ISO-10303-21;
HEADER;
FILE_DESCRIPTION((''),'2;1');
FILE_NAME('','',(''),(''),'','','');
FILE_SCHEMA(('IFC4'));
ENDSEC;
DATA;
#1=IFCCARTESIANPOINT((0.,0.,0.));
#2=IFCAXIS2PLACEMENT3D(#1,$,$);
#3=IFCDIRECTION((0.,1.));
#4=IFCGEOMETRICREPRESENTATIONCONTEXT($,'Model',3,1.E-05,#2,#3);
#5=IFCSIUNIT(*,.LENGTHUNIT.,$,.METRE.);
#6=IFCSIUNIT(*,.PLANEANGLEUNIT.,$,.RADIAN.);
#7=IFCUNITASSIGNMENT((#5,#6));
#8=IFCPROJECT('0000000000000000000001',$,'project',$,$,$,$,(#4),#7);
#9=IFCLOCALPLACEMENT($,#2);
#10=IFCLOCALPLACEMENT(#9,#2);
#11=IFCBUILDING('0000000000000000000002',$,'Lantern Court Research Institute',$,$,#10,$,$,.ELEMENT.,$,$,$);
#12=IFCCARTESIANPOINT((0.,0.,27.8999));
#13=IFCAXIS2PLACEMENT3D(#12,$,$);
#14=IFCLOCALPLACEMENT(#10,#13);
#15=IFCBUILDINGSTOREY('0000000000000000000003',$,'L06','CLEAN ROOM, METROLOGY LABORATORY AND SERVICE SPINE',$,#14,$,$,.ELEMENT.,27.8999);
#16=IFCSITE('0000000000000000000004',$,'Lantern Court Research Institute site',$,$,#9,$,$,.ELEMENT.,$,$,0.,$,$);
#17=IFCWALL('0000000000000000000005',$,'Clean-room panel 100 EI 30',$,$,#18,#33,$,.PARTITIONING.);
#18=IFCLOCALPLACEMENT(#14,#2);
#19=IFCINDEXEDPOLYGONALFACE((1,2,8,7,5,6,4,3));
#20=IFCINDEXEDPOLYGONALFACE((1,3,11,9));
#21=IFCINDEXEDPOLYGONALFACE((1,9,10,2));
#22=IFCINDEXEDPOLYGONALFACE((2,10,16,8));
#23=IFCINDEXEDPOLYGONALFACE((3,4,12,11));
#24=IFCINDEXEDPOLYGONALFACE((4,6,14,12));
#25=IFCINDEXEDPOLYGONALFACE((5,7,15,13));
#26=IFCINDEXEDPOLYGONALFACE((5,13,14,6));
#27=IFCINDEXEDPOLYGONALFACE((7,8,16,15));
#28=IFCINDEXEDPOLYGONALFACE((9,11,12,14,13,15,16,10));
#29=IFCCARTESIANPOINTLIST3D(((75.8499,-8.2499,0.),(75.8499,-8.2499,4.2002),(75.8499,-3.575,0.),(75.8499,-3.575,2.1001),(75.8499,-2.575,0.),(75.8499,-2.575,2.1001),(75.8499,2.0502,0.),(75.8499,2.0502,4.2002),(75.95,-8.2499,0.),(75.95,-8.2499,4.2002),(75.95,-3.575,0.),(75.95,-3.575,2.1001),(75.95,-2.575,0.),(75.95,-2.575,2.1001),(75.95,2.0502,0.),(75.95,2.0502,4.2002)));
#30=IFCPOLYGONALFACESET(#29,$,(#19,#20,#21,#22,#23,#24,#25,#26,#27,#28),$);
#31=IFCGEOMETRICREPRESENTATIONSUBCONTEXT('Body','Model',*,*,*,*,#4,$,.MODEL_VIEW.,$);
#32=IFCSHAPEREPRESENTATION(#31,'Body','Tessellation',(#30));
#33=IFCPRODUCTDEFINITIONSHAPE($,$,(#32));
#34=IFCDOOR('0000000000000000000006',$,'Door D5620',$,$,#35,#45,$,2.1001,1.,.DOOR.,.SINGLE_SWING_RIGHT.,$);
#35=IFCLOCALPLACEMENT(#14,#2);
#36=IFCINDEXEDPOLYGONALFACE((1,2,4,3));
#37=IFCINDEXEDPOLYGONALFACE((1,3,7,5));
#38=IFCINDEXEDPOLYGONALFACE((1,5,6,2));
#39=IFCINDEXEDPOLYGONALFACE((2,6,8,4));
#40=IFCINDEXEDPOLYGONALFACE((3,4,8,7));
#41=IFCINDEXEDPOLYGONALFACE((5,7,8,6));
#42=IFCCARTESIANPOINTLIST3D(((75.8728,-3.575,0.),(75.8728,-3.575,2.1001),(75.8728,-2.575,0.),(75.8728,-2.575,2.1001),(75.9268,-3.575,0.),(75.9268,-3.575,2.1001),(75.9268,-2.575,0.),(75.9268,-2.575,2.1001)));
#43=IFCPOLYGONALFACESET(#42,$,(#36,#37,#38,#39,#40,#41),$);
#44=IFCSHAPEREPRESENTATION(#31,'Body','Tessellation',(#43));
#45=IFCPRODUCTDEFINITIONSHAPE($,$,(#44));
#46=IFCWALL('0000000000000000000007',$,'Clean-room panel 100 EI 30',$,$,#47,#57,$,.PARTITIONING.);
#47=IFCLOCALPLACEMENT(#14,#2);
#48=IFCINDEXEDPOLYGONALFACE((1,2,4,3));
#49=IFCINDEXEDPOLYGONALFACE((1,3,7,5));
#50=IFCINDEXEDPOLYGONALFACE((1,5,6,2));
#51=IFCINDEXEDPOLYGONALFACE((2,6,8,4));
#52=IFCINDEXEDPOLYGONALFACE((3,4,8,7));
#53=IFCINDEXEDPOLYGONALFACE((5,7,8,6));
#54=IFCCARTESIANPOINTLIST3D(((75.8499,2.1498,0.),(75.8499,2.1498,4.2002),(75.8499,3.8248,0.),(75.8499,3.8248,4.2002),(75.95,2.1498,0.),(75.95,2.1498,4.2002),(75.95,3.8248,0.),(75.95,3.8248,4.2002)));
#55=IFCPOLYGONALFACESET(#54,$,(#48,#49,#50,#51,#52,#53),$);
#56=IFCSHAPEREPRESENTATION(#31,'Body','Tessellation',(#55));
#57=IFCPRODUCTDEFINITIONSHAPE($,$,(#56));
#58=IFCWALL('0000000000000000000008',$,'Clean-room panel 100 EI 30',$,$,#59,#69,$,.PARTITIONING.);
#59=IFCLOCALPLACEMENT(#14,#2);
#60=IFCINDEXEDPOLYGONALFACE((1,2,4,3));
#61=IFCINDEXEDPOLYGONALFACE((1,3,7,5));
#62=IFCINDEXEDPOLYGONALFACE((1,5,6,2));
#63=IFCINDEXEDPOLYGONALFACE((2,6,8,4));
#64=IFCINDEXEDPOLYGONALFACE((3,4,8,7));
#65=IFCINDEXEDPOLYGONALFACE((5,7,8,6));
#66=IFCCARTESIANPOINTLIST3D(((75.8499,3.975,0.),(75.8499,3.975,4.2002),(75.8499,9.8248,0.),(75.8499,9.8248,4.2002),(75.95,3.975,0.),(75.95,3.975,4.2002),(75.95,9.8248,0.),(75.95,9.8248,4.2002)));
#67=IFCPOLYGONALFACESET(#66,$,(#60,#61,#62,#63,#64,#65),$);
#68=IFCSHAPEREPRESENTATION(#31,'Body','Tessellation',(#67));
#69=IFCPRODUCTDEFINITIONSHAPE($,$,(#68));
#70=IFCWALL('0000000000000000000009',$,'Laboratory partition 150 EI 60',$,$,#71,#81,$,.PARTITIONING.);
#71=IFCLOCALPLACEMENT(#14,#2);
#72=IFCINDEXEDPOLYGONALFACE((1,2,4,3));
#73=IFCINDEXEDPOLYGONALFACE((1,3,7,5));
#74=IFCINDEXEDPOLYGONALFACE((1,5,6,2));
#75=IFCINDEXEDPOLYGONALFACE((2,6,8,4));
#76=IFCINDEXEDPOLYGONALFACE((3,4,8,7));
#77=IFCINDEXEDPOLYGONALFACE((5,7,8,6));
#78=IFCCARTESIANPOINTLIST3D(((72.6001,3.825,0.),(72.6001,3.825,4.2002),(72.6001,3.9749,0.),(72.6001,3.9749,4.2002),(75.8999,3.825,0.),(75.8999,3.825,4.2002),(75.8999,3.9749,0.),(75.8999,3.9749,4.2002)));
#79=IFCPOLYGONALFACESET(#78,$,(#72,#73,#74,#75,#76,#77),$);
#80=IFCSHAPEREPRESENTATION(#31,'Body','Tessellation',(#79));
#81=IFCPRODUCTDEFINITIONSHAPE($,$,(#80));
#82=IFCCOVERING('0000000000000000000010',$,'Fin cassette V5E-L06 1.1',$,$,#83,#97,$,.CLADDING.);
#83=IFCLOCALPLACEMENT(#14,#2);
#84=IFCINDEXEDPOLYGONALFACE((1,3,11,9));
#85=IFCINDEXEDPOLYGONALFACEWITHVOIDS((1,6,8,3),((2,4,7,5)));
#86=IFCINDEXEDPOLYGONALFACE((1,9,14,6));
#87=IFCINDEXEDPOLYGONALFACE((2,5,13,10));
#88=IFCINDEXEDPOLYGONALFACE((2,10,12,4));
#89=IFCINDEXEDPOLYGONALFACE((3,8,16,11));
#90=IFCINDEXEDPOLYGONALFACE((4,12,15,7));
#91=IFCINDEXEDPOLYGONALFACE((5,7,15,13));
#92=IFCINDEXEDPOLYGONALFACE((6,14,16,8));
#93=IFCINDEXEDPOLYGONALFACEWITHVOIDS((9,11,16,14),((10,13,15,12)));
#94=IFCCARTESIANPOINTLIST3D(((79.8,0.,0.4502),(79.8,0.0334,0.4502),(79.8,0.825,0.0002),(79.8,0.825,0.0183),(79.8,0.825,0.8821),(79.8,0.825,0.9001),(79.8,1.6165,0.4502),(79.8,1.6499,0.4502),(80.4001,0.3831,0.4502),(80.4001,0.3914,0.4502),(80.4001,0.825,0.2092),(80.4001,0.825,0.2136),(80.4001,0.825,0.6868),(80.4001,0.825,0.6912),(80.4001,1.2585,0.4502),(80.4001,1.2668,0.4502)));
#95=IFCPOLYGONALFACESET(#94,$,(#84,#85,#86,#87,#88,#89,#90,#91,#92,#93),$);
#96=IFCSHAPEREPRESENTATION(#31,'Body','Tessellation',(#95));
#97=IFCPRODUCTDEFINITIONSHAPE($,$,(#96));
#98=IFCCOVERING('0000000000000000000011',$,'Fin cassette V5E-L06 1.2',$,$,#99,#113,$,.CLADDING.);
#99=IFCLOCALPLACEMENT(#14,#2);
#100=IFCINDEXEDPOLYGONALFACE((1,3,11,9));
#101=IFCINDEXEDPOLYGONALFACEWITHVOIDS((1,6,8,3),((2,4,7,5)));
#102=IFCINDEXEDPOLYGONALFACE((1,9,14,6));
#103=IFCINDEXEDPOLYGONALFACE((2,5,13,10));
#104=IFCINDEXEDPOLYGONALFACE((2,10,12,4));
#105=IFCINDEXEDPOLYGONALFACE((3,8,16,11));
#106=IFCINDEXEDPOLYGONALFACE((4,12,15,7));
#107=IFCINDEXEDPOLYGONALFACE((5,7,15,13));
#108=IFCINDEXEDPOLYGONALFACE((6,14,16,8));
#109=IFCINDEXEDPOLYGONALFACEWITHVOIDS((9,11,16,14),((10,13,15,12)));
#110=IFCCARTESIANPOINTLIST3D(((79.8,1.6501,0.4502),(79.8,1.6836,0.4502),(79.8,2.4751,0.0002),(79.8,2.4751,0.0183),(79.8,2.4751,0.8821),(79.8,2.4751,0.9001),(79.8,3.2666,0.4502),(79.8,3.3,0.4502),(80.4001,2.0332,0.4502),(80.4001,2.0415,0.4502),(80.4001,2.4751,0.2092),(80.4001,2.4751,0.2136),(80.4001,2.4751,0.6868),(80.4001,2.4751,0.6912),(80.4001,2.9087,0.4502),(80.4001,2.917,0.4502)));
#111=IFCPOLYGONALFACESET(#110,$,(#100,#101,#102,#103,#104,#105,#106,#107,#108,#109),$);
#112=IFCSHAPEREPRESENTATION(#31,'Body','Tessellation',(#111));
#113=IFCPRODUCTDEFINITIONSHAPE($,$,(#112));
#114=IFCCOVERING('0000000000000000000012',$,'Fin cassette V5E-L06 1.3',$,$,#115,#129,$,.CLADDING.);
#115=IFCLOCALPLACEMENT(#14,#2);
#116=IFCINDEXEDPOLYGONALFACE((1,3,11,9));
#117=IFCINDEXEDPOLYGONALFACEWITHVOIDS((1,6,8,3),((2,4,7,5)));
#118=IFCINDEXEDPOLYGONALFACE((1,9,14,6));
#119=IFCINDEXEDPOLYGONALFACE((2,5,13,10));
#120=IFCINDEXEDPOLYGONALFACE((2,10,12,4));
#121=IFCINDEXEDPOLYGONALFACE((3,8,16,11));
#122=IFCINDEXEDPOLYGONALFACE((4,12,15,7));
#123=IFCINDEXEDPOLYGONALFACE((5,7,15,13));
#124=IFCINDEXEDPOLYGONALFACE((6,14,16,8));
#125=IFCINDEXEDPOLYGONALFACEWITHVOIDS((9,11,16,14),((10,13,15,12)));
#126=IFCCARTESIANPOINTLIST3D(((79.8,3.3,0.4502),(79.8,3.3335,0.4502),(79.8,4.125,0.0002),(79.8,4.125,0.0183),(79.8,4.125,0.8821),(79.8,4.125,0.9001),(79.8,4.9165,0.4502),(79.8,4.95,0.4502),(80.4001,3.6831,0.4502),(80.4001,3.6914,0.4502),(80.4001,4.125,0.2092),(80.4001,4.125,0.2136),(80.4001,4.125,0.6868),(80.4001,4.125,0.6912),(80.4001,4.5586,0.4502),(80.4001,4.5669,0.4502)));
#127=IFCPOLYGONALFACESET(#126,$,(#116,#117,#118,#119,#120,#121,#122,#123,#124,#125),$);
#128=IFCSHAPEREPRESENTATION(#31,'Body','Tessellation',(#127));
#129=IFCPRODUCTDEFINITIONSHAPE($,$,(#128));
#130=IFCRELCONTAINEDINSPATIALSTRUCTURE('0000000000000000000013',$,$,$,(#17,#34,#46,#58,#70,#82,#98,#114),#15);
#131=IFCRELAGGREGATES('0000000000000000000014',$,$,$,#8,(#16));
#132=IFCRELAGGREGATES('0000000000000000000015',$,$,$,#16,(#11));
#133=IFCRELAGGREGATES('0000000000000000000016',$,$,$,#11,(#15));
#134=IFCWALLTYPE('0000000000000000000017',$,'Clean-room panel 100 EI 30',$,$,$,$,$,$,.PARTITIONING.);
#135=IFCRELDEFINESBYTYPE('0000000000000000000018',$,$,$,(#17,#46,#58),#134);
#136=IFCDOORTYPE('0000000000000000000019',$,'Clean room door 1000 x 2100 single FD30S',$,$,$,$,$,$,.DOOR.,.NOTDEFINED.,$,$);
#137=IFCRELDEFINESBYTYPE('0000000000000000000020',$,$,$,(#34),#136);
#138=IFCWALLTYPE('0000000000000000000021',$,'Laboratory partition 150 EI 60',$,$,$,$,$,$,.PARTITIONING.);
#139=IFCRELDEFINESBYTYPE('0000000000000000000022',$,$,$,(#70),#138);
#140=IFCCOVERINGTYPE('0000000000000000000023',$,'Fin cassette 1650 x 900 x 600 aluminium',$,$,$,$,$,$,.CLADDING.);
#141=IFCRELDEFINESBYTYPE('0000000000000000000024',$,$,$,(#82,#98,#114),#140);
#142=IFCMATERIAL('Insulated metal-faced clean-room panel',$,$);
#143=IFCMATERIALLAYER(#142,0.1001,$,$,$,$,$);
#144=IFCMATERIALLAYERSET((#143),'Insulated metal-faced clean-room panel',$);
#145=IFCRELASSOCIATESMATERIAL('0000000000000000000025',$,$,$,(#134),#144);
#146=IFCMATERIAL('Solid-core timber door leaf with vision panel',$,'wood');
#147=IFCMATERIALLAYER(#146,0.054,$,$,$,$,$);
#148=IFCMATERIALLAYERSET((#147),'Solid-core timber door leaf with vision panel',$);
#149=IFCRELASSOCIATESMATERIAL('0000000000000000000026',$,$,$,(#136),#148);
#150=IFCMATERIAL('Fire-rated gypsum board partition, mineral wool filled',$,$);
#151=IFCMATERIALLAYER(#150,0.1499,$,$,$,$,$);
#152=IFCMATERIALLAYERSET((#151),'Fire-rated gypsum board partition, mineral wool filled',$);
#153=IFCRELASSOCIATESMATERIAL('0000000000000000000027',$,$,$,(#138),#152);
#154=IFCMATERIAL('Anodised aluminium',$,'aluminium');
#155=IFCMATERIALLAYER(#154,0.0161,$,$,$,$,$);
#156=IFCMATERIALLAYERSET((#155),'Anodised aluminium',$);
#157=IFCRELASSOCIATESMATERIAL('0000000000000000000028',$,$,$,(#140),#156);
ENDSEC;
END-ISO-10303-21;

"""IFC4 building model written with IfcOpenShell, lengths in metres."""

from ifc_helpers import new_model, entity, si_unit, direction, frame, frame_2d, origin, place, context, subcontext, project, spatial, rectangle, extrude, material, layer, layer_set, type_object, element, fill, save


model = new_model("IFC4")

# Units and contexts
model_context = context("Model", 3, precision=1e-05, world=origin(), true_north=direction((0.0, 1.0)))
body_context = subcontext(model_context, "Body", "Model", "MODEL_VIEW")
ifc_project = project(units=[si_unit("LENGTHUNIT", "METRE"), si_unit("PLANEANGLEUNIT", "RADIAN")], contexts=[model_context])

# Site, building, storey
site_placement = place(None, origin())
site = spatial("IfcSite", under=ifc_project, at=site_placement, Name="Lantern Court Research Institute site", CompositionType="ELEMENT", RefElevation=0.0)
building_placement = place(site_placement, origin())
building = spatial("IfcBuilding", under=site, at=building_placement, Name="Lantern Court Research Institute", CompositionType="ELEMENT")
storey_placement = place(building_placement, frame((0.0, 0.0, 27.8999)))
storey = spatial("IfcBuildingStorey", under=building, at=storey_placement, Name="L06", Description="CLEAN ROOM, METROLOGY LABORATORY AND SERVICE SPINE", CompositionType="ELEMENT", Elevation=27.8999)

# Wall, opening, door
ifc_material_1 = material(Name="Insulated metal-faced clean-room panel")
ifc_layer_1 = layer(ifc_material_1, 0.1001)
ifc_layer_set_1 = layer_set([ifc_layer_1], Name="Insulated metal-faced clean-room panel")
wall_type_1 = type_object("IfcWallType", Name="Clean-room panel 100 EI 30", PredefinedType="PARTITIONING", material=ifc_layer_set_1)
wall_1_placement = place(storey_placement, frame((75.8999, 2.05, 0.0), z_axis=(0.0, 0.0, 1.0), x_axis=(0.0, -1.0, 0.0)))
wall_1 = element("IfcWall", 1, at=wall_1_placement, inside=storey, type_object=wall_type_1, Name="Clean-room panel 100 EI 30", PredefinedType="PARTITIONING", context=body_context, shape_type="SweptSolid", body=[
    extrude(rectangle(XDim=10.3, YDim=0.1001, at=frame_2d((5.1499, 0.0))), origin(), (0.0, 0.0, 1.0), 4.2002),
])
opening_1_placement = place(wall_1_placement, frame((4.625, 0.0, 0.0)))
opening_1 = element("IfcOpeningElement", 2, at=opening_1_placement, cuts=wall_1, PredefinedType="OPENING", context=body_context, shape_type="SweptSolid", body=[
    extrude(rectangle(XDim=1.0, YDim=2.1001, at=frame_2d((0.5, 1.05))), frame((0.0, 0.0601, 0.0), z_axis=(0.0, -1.0, 0.0), x_axis=(1.0, 0.0, 0.0)), (0.0, 0.0, 1.0), 0.1201),
])
ifc_material_2 = material(Name="Solid-core timber door leaf with vision panel", Category="wood")
ifc_layer_2 = layer(ifc_material_2, 0.054)
ifc_layer_set_2 = layer_set([ifc_layer_2], Name="Solid-core timber door leaf with vision panel")
door_type_1 = type_object("IfcDoorType", Name="Clean room door 1000 x 2100 single FD30S", OperationType="NOTDEFINED", PredefinedType="DOOR", material=ifc_layer_set_2)
door_1_placement = place(opening_1_placement, origin())
door_1 = element("IfcDoor", 3, at=door_1_placement, inside=storey, type_object=door_type_1, Name="Door D5620", OperationType="SINGLE_SWING_RIGHT", OverallHeight=2.1001, OverallWidth=1.0, PredefinedType="DOOR", context=body_context, shape_type="SweptSolid", body=[
    extrude(rectangle(XDim=1.0, YDim=2.1001, at=frame_2d((0.5, 1.05))), frame((0.0, 0.0269, 0.0), z_axis=(0.0, -1.0, 0.0), x_axis=(1.0, 0.0, 0.0)), (0.0, 0.0, 1.0), 0.054),
])
fill(opening_1, door_1)

# Walls
wall_2_placement = place(storey_placement, frame((75.8999, 2.1499, 0.0), z_axis=(0.0, 0.0, 1.0), x_axis=(0.0, 1.0, 0.0)))
element("IfcWall", 4, at=wall_2_placement, inside=storey, type_object=wall_type_1, Name="Clean-room panel 100 EI 30", PredefinedType="PARTITIONING", context=body_context, shape_type="SweptSolid", body=[
    extrude(rectangle(XDim=1.675, YDim=0.1001, at=frame_2d((0.8374, 0.0))), origin(), (0.0, 0.0, 1.0), 4.2002),
])
wall_3_placement = place(storey_placement, frame((75.8999, 3.9751, 0.0), z_axis=(0.0, 0.0, 1.0), x_axis=(0.0, 1.0, 0.0)))
element("IfcWall", 5, at=wall_3_placement, inside=storey, type_object=wall_type_1, Name="Clean-room panel 100 EI 30", PredefinedType="PARTITIONING", context=body_context, shape_type="SweptSolid", body=[
    extrude(rectangle(XDim=5.8499, YDim=0.1001, at=frame_2d((2.9248, 0.0))), origin(), (0.0, 0.0, 1.0), 4.2002),
])
ifc_material_3 = material(Name="Fire-rated gypsum board partition, mineral wool filled")
ifc_layer_3 = layer(ifc_material_3, 0.1499)
ifc_layer_set_3 = layer_set([ifc_layer_3], Name="Fire-rated gypsum board partition, mineral wool filled")
wall_type_2 = type_object("IfcWallType", Name="Laboratory partition 150 EI 60", PredefinedType="PARTITIONING", material=ifc_layer_set_3)
wall_4_placement = place(storey_placement, frame((75.8999, 3.8999, 0.0), z_axis=(0.0, 0.0, 1.0), x_axis=(-1.0, 0.0, 0.0)))
element("IfcWall", 6, at=wall_4_placement, inside=storey, type_object=wall_type_2, Name="Laboratory partition 150 EI 60", PredefinedType="PARTITIONING", context=body_context, shape_type="SweptSolid", body=[
    extrude(rectangle(XDim=3.2998, YDim=0.1499, at=frame_2d((1.6499, 0.0))), origin(), (0.0, 0.0, 1.0), 4.2002),
])

# Coverings
ifc_material_4 = material(Name="Anodised aluminium", Category="aluminium")
ifc_layer_4 = layer(ifc_material_4, 0.0161)
ifc_layer_set_4 = layer_set([ifc_layer_4], Name="Anodised aluminium")
covering_type = type_object("IfcCoveringType", Name="Fin cassette 1650 x 900 x 600 aluminium", PredefinedType="CLADDING", material=ifc_layer_set_4)
covering_1_placement = place(storey_placement, frame((79.8, 0.825, 0.4502), z_axis=(1.0, 0.0, 0.0), x_axis=(0.0, 1.0, 0.0)))
cartesian_point_1 = entity("IfcCartesianPoint", [0.825, 0.0])
cartesian_point_2 = entity("IfcCartesianPoint", [0.7915, 0.0])
cartesian_point_3 = entity("IfcCartesianPoint", [0.4419, 0.0])
cartesian_point_4 = entity("IfcCartesianPoint", [0.4336, 0.0])
element("IfcCovering", 7, at=covering_1_placement, inside=storey, type_object=covering_type, Name="Fin cassette V5E-L06 1.1", PredefinedType="CLADDING", context=body_context, shape_type="SweptSolid", body=[
    entity("IfcExtrudedAreaSolidTapered", entity("IfcArbitraryProfileDefWithVoids", "AREA", None, entity("IfcPolyline", [cartesian_point_1, entity("IfcCartesianPoint", [0.0, 0.45]), entity("IfcCartesianPoint", [-0.825, 0.0]), entity("IfcCartesianPoint", [0.0, -0.45]), cartesian_point_1]), [entity("IfcPolyline", [cartesian_point_2, entity("IfcCartesianPoint", [0.0, 0.4319]), entity("IfcCartesianPoint", [-0.7915, 0.0]), entity("IfcCartesianPoint", [0.0, -0.4319]), cartesian_point_2])]), entity("IfcAxis2Placement3D", entity("IfcCartesianPoint", [0.0, 0.0, 0.0])), entity("IfcDirection", [0.0, 0.0, 1.0]), 0.6001, entity("IfcArbitraryProfileDefWithVoids", "AREA", None, entity("IfcPolyline", [cartesian_point_3, entity("IfcCartesianPoint", [0.0, 0.241]), entity("IfcCartesianPoint", [-0.4419, 0.0]), entity("IfcCartesianPoint", [0.0, -0.241]), cartesian_point_3]), [entity("IfcPolyline", [cartesian_point_4, entity("IfcCartesianPoint", [0.0, 0.2366]), entity("IfcCartesianPoint", [-0.4336, 0.0]), entity("IfcCartesianPoint", [0.0, -0.2366]), cartesian_point_4])])),
])
covering_2_placement = place(storey_placement, frame((79.8, 2.4751, 0.4502), z_axis=(1.0, 0.0, 0.0), x_axis=(0.0, 1.0, 0.0)))
cartesian_point_5 = entity("IfcCartesianPoint", [0.825, 0.0])
cartesian_point_6 = entity("IfcCartesianPoint", [0.7915, 0.0])
cartesian_point_7 = entity("IfcCartesianPoint", [0.4419, 0.0])
cartesian_point_8 = entity("IfcCartesianPoint", [0.4336, 0.0])
element("IfcCovering", 8, at=covering_2_placement, inside=storey, type_object=covering_type, Name="Fin cassette V5E-L06 1.2", PredefinedType="CLADDING", context=body_context, shape_type="SweptSolid", body=[
    entity("IfcExtrudedAreaSolidTapered", entity("IfcArbitraryProfileDefWithVoids", "AREA", None, entity("IfcPolyline", [cartesian_point_5, entity("IfcCartesianPoint", [0.0, 0.45]), entity("IfcCartesianPoint", [-0.825, 0.0]), entity("IfcCartesianPoint", [0.0, -0.45]), cartesian_point_5]), [entity("IfcPolyline", [cartesian_point_6, entity("IfcCartesianPoint", [0.0, 0.4319]), entity("IfcCartesianPoint", [-0.7915, 0.0]), entity("IfcCartesianPoint", [0.0, -0.4319]), cartesian_point_6])]), entity("IfcAxis2Placement3D", entity("IfcCartesianPoint", [0.0, 0.0, 0.0])), entity("IfcDirection", [0.0, 0.0, 1.0]), 0.6001, entity("IfcArbitraryProfileDefWithVoids", "AREA", None, entity("IfcPolyline", [cartesian_point_7, entity("IfcCartesianPoint", [0.0, 0.241]), entity("IfcCartesianPoint", [-0.4419, 0.0]), entity("IfcCartesianPoint", [0.0, -0.241]), cartesian_point_7]), [entity("IfcPolyline", [cartesian_point_8, entity("IfcCartesianPoint", [0.0, 0.2366]), entity("IfcCartesianPoint", [-0.4336, 0.0]), entity("IfcCartesianPoint", [0.0, -0.2366]), cartesian_point_8])])),
])
covering_3_placement = place(storey_placement, frame((79.8, 4.125, 0.4502), z_axis=(1.0, 0.0, 0.0), x_axis=(0.0, 1.0, 0.0)))
cartesian_point_9 = entity("IfcCartesianPoint", [0.825, 0.0])
cartesian_point_10 = entity("IfcCartesianPoint", [0.7915, 0.0])
cartesian_point_11 = entity("IfcCartesianPoint", [0.4419, 0.0])
cartesian_point_12 = entity("IfcCartesianPoint", [0.4336, 0.0])
element("IfcCovering", 9, at=covering_3_placement, inside=storey, type_object=covering_type, Name="Fin cassette V5E-L06 1.3", PredefinedType="CLADDING", context=body_context, shape_type="SweptSolid", body=[
    entity("IfcExtrudedAreaSolidTapered", entity("IfcArbitraryProfileDefWithVoids", "AREA", None, entity("IfcPolyline", [cartesian_point_9, entity("IfcCartesianPoint", [0.0, 0.45]), entity("IfcCartesianPoint", [-0.825, 0.0]), entity("IfcCartesianPoint", [0.0, -0.45]), cartesian_point_9]), [entity("IfcPolyline", [cartesian_point_10, entity("IfcCartesianPoint", [0.0, 0.4319]), entity("IfcCartesianPoint", [-0.7915, 0.0]), entity("IfcCartesianPoint", [0.0, -0.4319]), cartesian_point_10])]), entity("IfcAxis2Placement3D", entity("IfcCartesianPoint", [0.0, 0.0, 0.0])), entity("IfcDirection", [0.0, 0.0, 1.0]), 0.6001, entity("IfcArbitraryProfileDefWithVoids", "AREA", None, entity("IfcPolyline", [cartesian_point_11, entity("IfcCartesianPoint", [0.0, 0.241]), entity("IfcCartesianPoint", [-0.4419, 0.0]), entity("IfcCartesianPoint", [0.0, -0.241]), cartesian_point_11]), [entity("IfcPolyline", [cartesian_point_12, entity("IfcCartesianPoint", [0.0, 0.2366]), entity("IfcCartesianPoint", [-0.4336, 0.0]), entity("IfcCartesianPoint", [0.0, -0.2366]), cartesian_point_12])])),
])

save(model, "model.ifc")
